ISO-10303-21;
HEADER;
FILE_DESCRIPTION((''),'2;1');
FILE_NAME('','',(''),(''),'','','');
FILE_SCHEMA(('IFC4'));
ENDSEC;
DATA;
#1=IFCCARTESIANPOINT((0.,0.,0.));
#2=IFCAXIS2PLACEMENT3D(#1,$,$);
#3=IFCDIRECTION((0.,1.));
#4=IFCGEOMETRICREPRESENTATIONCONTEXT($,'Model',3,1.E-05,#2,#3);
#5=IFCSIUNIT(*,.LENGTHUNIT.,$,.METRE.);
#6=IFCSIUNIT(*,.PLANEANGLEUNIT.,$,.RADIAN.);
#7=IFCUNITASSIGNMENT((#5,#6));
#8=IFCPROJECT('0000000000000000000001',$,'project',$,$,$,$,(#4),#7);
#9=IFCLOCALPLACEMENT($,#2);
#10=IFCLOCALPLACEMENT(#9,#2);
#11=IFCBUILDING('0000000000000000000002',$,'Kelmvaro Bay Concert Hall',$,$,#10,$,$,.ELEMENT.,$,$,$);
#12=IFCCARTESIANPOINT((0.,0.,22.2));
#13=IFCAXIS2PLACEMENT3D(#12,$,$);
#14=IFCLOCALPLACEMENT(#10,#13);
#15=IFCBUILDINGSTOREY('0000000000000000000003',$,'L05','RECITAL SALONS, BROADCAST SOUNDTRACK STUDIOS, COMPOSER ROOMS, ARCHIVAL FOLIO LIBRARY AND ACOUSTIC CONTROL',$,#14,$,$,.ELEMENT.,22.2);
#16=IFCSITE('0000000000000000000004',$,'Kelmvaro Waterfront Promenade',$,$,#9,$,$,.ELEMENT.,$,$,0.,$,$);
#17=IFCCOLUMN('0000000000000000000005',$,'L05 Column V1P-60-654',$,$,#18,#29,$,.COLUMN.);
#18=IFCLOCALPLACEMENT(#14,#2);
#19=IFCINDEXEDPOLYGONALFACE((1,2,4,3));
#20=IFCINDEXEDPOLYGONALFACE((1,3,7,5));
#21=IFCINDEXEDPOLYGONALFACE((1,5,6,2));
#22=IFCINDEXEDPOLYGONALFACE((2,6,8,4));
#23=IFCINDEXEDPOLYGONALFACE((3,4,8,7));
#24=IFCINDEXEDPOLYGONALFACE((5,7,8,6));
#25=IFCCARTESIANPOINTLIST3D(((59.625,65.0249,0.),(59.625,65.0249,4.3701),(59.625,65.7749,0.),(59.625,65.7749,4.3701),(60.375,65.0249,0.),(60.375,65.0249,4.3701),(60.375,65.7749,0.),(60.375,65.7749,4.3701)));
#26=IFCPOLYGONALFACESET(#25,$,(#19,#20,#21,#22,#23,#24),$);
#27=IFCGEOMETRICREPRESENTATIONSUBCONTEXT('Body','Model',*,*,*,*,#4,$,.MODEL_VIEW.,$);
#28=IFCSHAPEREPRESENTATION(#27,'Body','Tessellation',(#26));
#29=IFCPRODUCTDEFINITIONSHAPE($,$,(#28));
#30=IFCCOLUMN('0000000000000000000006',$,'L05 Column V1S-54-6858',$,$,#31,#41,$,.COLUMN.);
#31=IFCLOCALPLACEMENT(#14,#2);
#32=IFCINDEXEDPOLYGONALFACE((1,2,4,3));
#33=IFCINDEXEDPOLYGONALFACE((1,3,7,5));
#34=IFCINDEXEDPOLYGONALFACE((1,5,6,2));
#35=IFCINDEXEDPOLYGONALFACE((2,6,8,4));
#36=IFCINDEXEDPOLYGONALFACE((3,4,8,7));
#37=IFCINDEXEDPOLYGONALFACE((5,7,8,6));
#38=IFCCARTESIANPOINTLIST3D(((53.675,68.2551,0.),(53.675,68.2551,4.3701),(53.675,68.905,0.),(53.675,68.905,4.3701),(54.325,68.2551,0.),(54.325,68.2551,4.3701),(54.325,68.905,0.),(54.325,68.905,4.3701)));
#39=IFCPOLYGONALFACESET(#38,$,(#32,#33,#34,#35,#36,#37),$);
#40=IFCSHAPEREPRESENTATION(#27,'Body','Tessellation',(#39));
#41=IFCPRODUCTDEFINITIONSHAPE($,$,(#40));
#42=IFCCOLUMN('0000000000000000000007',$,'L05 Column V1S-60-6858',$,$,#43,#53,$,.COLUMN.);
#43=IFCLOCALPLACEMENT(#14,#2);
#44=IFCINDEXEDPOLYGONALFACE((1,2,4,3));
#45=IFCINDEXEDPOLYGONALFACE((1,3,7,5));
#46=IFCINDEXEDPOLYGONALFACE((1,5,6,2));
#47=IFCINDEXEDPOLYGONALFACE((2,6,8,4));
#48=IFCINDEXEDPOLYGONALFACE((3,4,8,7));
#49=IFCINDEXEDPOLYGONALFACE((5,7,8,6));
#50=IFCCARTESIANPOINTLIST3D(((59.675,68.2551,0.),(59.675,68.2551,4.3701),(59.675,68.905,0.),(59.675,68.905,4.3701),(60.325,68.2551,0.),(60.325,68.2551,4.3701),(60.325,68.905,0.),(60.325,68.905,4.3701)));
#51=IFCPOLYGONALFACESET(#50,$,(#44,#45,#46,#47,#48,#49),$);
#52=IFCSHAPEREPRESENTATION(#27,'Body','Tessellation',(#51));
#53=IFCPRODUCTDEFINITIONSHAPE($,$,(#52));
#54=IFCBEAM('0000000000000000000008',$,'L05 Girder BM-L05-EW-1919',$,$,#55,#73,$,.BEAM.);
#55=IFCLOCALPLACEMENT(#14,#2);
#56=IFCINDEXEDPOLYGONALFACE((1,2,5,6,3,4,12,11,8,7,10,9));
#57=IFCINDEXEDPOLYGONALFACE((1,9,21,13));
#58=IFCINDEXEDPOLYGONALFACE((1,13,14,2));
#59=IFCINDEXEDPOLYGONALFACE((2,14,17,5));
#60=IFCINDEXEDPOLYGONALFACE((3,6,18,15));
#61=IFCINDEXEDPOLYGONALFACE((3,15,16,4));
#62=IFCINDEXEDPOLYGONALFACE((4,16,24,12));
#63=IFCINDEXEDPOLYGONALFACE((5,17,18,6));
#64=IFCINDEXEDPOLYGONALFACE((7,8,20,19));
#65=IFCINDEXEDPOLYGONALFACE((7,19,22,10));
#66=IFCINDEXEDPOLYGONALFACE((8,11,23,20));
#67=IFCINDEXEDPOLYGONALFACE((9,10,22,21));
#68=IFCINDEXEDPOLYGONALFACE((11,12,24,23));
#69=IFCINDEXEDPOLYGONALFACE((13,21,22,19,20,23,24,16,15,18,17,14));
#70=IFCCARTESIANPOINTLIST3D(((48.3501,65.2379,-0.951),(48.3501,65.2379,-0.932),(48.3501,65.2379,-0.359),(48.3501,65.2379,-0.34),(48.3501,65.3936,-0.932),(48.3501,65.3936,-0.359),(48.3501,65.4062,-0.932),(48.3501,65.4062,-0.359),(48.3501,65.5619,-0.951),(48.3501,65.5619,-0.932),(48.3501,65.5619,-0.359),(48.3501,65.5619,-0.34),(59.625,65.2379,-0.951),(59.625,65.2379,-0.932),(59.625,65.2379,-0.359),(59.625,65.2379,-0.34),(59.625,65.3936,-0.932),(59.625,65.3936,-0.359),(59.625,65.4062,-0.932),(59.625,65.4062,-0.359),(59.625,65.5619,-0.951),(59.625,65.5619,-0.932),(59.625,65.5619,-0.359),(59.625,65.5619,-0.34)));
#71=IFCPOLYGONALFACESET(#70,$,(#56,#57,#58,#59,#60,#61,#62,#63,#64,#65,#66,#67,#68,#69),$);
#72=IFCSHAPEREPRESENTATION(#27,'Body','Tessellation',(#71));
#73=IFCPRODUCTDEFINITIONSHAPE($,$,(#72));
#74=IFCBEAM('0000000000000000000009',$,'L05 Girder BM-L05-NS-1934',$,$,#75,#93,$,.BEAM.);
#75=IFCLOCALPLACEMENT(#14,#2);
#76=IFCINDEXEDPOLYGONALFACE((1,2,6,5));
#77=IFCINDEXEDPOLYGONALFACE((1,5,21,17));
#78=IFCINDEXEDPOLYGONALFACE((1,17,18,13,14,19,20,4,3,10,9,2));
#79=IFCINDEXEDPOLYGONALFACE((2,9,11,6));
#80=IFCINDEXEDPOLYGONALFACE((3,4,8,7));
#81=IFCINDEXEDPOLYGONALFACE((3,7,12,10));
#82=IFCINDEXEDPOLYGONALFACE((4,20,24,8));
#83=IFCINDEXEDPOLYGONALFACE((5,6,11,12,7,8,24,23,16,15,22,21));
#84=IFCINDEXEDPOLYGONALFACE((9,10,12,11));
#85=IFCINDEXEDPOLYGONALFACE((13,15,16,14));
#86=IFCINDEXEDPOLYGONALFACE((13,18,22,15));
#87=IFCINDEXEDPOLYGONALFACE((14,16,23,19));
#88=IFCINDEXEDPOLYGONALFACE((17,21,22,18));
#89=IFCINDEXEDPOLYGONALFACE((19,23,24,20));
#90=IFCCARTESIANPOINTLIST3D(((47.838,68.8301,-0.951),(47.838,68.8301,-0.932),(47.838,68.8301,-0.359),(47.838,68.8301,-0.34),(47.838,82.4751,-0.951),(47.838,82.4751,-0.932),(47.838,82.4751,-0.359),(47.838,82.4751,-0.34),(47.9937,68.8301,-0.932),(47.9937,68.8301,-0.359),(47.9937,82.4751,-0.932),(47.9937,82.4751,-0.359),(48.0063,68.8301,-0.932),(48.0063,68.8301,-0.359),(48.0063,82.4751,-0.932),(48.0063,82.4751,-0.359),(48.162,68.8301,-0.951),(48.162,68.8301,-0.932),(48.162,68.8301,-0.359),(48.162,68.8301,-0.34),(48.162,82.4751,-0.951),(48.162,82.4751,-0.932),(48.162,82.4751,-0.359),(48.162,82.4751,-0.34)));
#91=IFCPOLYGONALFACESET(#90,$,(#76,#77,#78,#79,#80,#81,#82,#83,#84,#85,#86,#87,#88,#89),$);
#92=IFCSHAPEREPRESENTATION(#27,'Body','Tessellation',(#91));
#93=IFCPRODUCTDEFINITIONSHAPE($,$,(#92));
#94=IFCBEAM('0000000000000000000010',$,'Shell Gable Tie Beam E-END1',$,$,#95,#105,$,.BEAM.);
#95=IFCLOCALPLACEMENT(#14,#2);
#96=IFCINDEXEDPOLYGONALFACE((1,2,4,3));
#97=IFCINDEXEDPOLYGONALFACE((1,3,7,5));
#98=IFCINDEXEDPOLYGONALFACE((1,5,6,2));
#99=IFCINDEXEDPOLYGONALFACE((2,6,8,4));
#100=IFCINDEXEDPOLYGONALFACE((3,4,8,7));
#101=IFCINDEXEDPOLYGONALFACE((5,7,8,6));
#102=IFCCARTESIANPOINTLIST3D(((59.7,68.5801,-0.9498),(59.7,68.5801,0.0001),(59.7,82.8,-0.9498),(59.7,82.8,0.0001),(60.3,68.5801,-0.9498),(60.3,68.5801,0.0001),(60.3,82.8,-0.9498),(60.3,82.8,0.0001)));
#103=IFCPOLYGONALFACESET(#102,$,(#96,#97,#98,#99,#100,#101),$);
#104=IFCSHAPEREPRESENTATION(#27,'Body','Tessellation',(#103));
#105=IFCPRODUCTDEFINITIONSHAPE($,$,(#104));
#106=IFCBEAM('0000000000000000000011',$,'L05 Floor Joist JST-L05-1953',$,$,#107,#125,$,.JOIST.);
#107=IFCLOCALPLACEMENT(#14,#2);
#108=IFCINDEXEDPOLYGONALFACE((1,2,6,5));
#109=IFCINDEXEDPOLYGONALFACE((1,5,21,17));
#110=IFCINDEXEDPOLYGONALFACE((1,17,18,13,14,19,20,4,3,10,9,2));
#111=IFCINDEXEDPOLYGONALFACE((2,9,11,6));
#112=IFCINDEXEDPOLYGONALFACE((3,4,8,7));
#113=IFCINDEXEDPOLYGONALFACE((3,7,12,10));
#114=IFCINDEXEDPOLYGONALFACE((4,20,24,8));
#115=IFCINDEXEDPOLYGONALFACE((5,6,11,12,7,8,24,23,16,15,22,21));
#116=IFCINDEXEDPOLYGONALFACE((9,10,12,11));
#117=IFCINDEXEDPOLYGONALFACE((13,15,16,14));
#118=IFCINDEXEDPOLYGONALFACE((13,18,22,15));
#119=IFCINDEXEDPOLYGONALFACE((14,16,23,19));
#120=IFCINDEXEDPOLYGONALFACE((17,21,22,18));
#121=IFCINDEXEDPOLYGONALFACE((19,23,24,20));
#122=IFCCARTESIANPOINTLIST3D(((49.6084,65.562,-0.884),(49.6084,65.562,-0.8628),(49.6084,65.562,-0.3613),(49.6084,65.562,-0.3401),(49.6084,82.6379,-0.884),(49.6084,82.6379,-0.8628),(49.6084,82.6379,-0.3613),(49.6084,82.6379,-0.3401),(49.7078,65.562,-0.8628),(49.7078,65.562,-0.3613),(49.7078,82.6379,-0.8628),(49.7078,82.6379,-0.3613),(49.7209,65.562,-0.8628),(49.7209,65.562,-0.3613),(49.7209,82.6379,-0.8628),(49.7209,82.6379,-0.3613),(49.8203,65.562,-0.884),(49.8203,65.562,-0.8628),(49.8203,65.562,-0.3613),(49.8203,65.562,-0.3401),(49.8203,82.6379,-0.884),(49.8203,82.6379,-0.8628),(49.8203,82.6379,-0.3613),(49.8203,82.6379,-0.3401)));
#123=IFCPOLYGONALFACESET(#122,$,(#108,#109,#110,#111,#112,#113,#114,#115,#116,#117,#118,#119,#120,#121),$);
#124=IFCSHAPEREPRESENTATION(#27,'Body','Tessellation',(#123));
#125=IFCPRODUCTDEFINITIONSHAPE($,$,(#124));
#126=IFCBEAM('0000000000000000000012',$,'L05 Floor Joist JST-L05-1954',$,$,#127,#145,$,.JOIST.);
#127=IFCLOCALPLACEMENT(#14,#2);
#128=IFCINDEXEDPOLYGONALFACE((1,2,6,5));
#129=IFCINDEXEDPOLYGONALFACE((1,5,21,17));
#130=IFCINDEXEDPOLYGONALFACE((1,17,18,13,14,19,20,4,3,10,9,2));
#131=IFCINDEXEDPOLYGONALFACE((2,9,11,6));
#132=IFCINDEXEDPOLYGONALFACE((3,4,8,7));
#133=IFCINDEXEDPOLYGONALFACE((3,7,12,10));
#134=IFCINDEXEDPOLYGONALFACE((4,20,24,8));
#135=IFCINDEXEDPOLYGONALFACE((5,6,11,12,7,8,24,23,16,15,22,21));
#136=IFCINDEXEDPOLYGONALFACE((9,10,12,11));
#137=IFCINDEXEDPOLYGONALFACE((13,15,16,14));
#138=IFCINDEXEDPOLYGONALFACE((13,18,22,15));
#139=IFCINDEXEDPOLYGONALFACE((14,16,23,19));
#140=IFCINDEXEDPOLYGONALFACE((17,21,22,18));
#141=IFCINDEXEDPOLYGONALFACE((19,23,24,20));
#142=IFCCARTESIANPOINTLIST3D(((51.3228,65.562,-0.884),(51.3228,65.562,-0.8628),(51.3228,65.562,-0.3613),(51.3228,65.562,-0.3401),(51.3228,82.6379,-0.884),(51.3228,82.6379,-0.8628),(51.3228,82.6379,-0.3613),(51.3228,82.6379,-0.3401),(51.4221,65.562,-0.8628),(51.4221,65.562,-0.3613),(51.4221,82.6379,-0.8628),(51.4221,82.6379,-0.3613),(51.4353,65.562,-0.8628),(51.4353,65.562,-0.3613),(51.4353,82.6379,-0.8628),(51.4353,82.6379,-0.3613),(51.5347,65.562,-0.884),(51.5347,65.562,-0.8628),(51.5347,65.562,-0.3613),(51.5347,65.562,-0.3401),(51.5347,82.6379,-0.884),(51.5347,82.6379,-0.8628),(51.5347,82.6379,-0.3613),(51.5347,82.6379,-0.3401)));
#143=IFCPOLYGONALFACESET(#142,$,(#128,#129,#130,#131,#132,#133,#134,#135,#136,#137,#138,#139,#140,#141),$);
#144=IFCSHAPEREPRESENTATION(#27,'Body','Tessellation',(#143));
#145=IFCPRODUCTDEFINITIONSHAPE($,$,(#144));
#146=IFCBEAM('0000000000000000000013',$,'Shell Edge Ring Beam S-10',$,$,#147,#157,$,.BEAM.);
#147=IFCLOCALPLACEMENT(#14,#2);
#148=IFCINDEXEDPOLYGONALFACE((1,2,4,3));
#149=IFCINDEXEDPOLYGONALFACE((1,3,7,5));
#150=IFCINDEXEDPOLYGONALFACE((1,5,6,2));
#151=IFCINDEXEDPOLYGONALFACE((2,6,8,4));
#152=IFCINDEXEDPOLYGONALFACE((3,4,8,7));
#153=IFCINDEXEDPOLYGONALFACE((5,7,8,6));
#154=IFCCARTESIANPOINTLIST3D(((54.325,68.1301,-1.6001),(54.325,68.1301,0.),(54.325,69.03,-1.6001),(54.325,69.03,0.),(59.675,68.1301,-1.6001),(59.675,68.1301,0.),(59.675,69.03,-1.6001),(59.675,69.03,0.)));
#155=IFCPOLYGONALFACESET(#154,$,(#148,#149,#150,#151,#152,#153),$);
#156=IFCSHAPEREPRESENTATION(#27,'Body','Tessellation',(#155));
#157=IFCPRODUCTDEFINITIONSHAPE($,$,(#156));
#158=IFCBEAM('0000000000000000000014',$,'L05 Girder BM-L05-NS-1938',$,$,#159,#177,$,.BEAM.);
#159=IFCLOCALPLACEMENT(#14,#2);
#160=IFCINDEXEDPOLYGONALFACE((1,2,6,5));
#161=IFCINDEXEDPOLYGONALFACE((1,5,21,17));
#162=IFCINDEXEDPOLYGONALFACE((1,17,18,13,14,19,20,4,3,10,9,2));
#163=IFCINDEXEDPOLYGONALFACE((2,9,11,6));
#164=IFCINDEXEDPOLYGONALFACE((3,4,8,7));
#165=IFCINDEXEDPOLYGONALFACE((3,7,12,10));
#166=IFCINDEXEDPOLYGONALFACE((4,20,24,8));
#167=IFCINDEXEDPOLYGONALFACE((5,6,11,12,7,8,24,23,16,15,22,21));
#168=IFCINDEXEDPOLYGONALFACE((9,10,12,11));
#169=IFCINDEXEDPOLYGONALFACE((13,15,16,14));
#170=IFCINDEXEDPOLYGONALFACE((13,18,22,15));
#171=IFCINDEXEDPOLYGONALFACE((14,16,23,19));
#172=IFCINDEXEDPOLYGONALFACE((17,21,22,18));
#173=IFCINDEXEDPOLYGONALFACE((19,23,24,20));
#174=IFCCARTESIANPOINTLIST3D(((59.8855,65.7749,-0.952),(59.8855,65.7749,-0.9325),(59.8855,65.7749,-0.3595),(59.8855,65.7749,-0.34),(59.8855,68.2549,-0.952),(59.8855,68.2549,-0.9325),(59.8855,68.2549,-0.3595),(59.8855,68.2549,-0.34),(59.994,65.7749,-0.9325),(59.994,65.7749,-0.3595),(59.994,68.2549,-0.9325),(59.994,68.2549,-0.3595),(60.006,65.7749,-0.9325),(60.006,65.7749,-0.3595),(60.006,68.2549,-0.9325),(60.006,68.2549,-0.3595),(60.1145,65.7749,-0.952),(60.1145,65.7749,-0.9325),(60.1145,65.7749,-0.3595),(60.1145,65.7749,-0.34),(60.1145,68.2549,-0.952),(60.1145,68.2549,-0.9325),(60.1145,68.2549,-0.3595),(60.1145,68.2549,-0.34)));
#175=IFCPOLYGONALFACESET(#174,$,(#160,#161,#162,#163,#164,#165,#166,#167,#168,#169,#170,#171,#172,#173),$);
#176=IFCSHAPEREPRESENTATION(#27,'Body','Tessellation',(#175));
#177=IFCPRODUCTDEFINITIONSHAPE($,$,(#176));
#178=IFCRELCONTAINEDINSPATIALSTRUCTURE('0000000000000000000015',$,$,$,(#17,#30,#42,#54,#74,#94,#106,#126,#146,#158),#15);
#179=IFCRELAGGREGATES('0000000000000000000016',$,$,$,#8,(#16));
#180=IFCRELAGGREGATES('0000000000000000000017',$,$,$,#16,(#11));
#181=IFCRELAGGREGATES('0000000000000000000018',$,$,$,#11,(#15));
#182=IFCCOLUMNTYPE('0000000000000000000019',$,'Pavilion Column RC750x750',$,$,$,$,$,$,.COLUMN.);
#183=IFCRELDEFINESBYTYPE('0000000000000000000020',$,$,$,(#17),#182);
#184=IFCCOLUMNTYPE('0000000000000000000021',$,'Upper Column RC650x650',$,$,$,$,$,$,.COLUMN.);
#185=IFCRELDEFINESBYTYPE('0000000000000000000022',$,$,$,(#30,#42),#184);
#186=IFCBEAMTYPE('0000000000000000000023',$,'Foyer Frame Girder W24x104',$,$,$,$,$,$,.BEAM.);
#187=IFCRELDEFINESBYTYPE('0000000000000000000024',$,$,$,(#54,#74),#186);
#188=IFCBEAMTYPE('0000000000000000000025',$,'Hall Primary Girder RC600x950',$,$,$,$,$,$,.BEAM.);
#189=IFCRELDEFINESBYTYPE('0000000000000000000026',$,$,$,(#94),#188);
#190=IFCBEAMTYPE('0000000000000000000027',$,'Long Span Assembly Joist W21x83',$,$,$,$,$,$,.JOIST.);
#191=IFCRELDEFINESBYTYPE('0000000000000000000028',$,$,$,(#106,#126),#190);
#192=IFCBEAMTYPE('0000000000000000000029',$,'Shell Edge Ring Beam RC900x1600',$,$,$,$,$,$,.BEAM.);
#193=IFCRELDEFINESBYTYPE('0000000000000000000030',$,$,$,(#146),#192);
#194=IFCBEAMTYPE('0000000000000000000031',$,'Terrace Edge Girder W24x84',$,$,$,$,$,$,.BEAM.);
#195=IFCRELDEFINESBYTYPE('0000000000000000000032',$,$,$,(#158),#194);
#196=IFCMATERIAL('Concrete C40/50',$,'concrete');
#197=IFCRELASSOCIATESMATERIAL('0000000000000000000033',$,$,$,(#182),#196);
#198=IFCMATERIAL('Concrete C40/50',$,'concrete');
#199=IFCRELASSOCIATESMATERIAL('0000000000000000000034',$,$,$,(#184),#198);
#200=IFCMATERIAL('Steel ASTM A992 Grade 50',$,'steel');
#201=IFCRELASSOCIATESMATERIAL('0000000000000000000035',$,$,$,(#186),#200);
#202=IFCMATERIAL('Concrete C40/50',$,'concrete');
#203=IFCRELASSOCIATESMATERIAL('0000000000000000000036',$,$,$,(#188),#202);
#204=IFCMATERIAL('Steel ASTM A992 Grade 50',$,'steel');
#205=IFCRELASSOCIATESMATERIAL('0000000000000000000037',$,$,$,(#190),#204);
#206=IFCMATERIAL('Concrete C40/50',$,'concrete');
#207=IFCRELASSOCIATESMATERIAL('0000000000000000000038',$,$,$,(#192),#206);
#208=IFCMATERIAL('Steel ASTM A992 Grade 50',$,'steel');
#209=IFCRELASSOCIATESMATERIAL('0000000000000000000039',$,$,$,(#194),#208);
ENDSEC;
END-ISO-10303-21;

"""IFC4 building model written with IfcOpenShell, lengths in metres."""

from ifc_helpers import new_model, si_unit, direction, frame, origin, origin_2d, place, context, subcontext, project, spatial, rectangle, i_section, extrude, material, material_profile, profile_set, type_object, element, save


model = new_model("IFC4")

# Units and contexts
model_context = context("Model", 3, precision=1e-05, world=origin(), true_north=direction((0.0, 1.0)))
body_context = subcontext(model_context, "Body", "Model", "MODEL_VIEW")
ifc_project = project(units=[si_unit("LENGTHUNIT", "METRE"), si_unit("PLANEANGLEUNIT", "RADIAN")], contexts=[model_context])

# Site, building, storey
site_placement = place(None, origin())
site = spatial("IfcSite", under=ifc_project, at=site_placement, Name="Kelmvaro Waterfront Promenade", CompositionType="ELEMENT", RefElevation=0.0)
building_placement = place(site_placement, origin())
building = spatial("IfcBuilding", under=site, at=building_placement, Name="Kelmvaro Bay Concert Hall", CompositionType="ELEMENT")
storey_placement = place(building_placement, frame((0.0, 0.0, 22.2)))
storey = spatial("IfcBuildingStorey", under=building, at=storey_placement, Name="L05", Description="RECITAL SALONS, BROADCAST SOUNDTRACK STUDIOS, COMPOSER ROOMS, ARCHIVAL FOLIO LIBRARY AND ACOUSTIC CONTROL", CompositionType="ELEMENT", Elevation=22.2)

# Columns
ifc_material_1 = material(Name="Concrete C40/50", Category="concrete")
ifc_material_profile_1 = material_profile(ifc_material_1, rectangle(XDim=0.75, YDim=0.75, at=origin_2d()), Name="RC-COL-750X750")
ifc_profile_set_1 = profile_set([ifc_material_profile_1], Name="Concrete C40/50")
column_type_1 = type_object("IfcColumnType", Name="Pavilion Column RC750x750", PredefinedType="COLUMN", material=ifc_profile_set_1)
column_placement = place(storey_placement, frame((60.0, 65.3999, 0.0), z_axis=(0.0, 0.0, 1.0), x_axis=(1.0, 0.0, 0.0)))
element("IfcColumn", 1, at=column_placement, inside=storey, type_object=column_type_1, Name="L05 Column V1P-60-654", PredefinedType="COLUMN", context=body_context, shape_type="SweptSolid", body=[
    extrude(rectangle(XDim=0.75, YDim=0.75, at=origin_2d()), origin(), (0.0, 0.0, 1.0), 4.3701),
])
ifc_material_2 = material(Name="Concrete C40/50", Category="concrete")
ifc_material_profile_2 = material_profile(ifc_material_2, rectangle(XDim=0.6499, YDim=0.6499, at=origin_2d()), Name="RC-COL-650X650")
ifc_profile_set_2 = profile_set([ifc_material_profile_2], Name="Concrete C40/50")
column_type_2 = type_object("IfcColumnType", Name="Upper Column RC650x650", PredefinedType="COLUMN", material=ifc_profile_set_2)
for number, where, z_axis, x_axis, name in (
    (2, (54.0, 68.5801, 0.0), (0.0, 0.0, 1.0), (1.0, 0.0, 0.0), "L05 Column V1S-54-6858"),
    (3, (60.0, 68.5801, 0.0), (0.0, 0.0, 1.0), (1.0, 0.0, 0.0), "L05 Column V1S-60-6858"),
):
    element("IfcColumn", number, at=place(storey_placement, frame(where, z_axis=z_axis, x_axis=x_axis)), inside=storey, type_object=column_type_2, Name=name, PredefinedType="COLUMN", context=body_context, shape_type="SweptSolid", body=[
        extrude(rectangle(XDim=0.6499, YDim=0.6499, at=origin_2d()), origin(), (0.0, 0.0, 1.0), 4.3701),
    ])

# Beams
ifc_material_3 = material(Name="Steel ASTM A992 Grade 50", Category="steel")
ifc_material_profile_3 = material_profile(ifc_material_3, i_section(OverallWidth=0.324, OverallDepth=0.6111, WebThickness=0.0127, FlangeThickness=0.019, at=origin_2d()), Name="W24X104")
ifc_profile_set_3 = profile_set([ifc_material_profile_3], Name="Steel ASTM A992 Grade 50")
beam_type_1 = type_object("IfcBeamType", Name="Foyer Frame Girder W24x104", PredefinedType="BEAM", material=ifc_profile_set_3)
beam_1_placement = place(storey_placement, frame((48.3501, 65.3999, -0.6455), z_axis=(1.0, 0.0, 0.0), x_axis=(0.0, 1.0, 0.0)))
element("IfcBeam", 4, at=beam_1_placement, inside=storey, type_object=beam_type_1, Name="L05 Girder BM-L05-EW-1919", PredefinedType="BEAM", context=body_context, shape_type="SweptSolid", body=[
    extrude(i_section(OverallWidth=0.324, OverallDepth=0.6111, WebThickness=0.0127, FlangeThickness=0.019, at=origin_2d()), origin(), (0.0, 0.0, 1.0), 11.2749),
])
beam_2_placement = place(storey_placement, frame((48.0, 68.8301, -0.6455), z_axis=(0.0, 1.0, 0.0), x_axis=(-1.0, 0.0, 0.0)))
element("IfcBeam", 5, at=beam_2_placement, inside=storey, type_object=beam_type_1, Name="L05 Girder BM-L05-NS-1934", PredefinedType="BEAM", context=body_context, shape_type="SweptSolid", body=[
    extrude(i_section(OverallWidth=0.324, OverallDepth=0.6111, WebThickness=0.0127, FlangeThickness=0.019, at=origin_2d()), origin(), (0.0, 0.0, 1.0), 13.645),
])
ifc_material_4 = material(Name="Concrete C40/50", Category="concrete")
ifc_material_profile_4 = material_profile(ifc_material_4, rectangle(XDim=0.6001, YDim=0.95, at=origin_2d()), Name="RC-BM-600X950")
ifc_profile_set_4 = profile_set([ifc_material_profile_4], Name="Concrete C40/50")
beam_type_2 = type_object("IfcBeamType", Name="Hall Primary Girder RC600x950", PredefinedType="BEAM", material=ifc_profile_set_4)
beam_3_placement = place(storey_placement, frame((60.0, 68.5801, -0.4749), z_axis=(0.0, 1.0, 0.0), x_axis=(-1.0, 0.0, 0.0)))
element("IfcBeam", 6, at=beam_3_placement, inside=storey, type_object=beam_type_2, Name="Shell Gable Tie Beam E-END1", PredefinedType="BEAM", context=body_context, shape_type="SweptSolid", body=[
    extrude(rectangle(XDim=0.6001, YDim=0.95, at=origin_2d()), origin(), (0.0, 0.0, 1.0), 14.22),
])
ifc_material_5 = material(Name="Steel ASTM A992 Grade 50", Category="steel")
ifc_material_profile_5 = material_profile(ifc_material_5, i_section(OverallWidth=0.2119, OverallDepth=0.5439, WebThickness=0.0132, FlangeThickness=0.0212, at=origin_2d()), Name="W21X83")
ifc_profile_set_5 = profile_set([ifc_material_profile_5], Name="Steel ASTM A992 Grade 50")
beam_type_3 = type_object("IfcBeamType", Name="Long Span Assembly Joist W21x83", PredefinedType="JOIST", material=ifc_profile_set_5)
for number, where, z_axis, x_axis, name in (
    (7, (49.7144, 65.562, -0.6121), (0.0, 1.0, 0.0), (-1.0, 0.0, 0.0), "L05 Floor Joist JST-L05-1953"),
    (8, (51.4287, 65.562, -0.6121), (0.0, 1.0, 0.0), (-1.0, 0.0, 0.0), "L05 Floor Joist JST-L05-1954"),
):
    element("IfcBeam", number, at=place(storey_placement, frame(where, z_axis=z_axis, x_axis=x_axis)), inside=storey, type_object=beam_type_3, Name=name, PredefinedType="JOIST", context=body_context, shape_type="SweptSolid", body=[
        extrude(i_section(OverallWidth=0.2119, OverallDepth=0.5439, WebThickness=0.0132, FlangeThickness=0.0212, at=origin_2d()), origin(), (0.0, 0.0, 1.0), 17.0759),
    ])
ifc_material_6 = material(Name="Concrete C40/50", Category="concrete")
ifc_material_profile_6 = material_profile(ifc_material_6, rectangle(XDim=0.8999, YDim=1.6001, at=origin_2d()), Name="RC-SHB-900X1600")
ifc_profile_set_6 = profile_set([ifc_material_profile_6], Name="Concrete C40/50")
beam_type_4 = type_object("IfcBeamType", Name="Shell Edge Ring Beam RC900x1600", PredefinedType="BEAM", material=ifc_profile_set_6)
beam_4_placement = place(storey_placement, frame((54.325, 68.5801, -0.8), z_axis=(1.0, 0.0, 0.0), x_axis=(0.0, 1.0, 0.0)))
element("IfcBeam", 9, at=beam_4_placement, inside=storey, type_object=beam_type_4, Name="Shell Edge Ring Beam S-10", PredefinedType="BEAM", context=body_context, shape_type="SweptSolid", body=[
    extrude(rectangle(XDim=0.8999, YDim=1.6001, at=origin_2d()), origin(), (0.0, 0.0, 1.0), 5.3501),
])
ifc_material_7 = material(Name="Steel ASTM A992 Grade 50", Category="steel")
ifc_material_profile_7 = material_profile(ifc_material_7, i_section(OverallWidth=0.229, OverallDepth=0.6121, WebThickness=0.012, FlangeThickness=0.0195, at=origin_2d()), Name="W24X84")
ifc_profile_set_7 = profile_set([ifc_material_profile_7], Name="Steel ASTM A992 Grade 50")
beam_type_5 = type_object("IfcBeamType", Name="Terrace Edge Girder W24x84", PredefinedType="BEAM", material=ifc_profile_set_7)
beam_5_placement = place(storey_placement, frame((60.0, 65.7749, -0.646), z_axis=(0.0, 1.0, 0.0), x_axis=(-1.0, 0.0, 0.0)))
element("IfcBeam", 10, at=beam_5_placement, inside=storey, type_object=beam_type_5, Name="L05 Girder BM-L05-NS-1938", PredefinedType="BEAM", context=body_context, shape_type="SweptSolid", body=[
    extrude(i_section(OverallWidth=0.229, OverallDepth=0.6121, WebThickness=0.012, FlangeThickness=0.0195, at=origin_2d()), origin(), (0.0, 0.0, 1.0), 2.48),
])

save(model, "model.ifc")
